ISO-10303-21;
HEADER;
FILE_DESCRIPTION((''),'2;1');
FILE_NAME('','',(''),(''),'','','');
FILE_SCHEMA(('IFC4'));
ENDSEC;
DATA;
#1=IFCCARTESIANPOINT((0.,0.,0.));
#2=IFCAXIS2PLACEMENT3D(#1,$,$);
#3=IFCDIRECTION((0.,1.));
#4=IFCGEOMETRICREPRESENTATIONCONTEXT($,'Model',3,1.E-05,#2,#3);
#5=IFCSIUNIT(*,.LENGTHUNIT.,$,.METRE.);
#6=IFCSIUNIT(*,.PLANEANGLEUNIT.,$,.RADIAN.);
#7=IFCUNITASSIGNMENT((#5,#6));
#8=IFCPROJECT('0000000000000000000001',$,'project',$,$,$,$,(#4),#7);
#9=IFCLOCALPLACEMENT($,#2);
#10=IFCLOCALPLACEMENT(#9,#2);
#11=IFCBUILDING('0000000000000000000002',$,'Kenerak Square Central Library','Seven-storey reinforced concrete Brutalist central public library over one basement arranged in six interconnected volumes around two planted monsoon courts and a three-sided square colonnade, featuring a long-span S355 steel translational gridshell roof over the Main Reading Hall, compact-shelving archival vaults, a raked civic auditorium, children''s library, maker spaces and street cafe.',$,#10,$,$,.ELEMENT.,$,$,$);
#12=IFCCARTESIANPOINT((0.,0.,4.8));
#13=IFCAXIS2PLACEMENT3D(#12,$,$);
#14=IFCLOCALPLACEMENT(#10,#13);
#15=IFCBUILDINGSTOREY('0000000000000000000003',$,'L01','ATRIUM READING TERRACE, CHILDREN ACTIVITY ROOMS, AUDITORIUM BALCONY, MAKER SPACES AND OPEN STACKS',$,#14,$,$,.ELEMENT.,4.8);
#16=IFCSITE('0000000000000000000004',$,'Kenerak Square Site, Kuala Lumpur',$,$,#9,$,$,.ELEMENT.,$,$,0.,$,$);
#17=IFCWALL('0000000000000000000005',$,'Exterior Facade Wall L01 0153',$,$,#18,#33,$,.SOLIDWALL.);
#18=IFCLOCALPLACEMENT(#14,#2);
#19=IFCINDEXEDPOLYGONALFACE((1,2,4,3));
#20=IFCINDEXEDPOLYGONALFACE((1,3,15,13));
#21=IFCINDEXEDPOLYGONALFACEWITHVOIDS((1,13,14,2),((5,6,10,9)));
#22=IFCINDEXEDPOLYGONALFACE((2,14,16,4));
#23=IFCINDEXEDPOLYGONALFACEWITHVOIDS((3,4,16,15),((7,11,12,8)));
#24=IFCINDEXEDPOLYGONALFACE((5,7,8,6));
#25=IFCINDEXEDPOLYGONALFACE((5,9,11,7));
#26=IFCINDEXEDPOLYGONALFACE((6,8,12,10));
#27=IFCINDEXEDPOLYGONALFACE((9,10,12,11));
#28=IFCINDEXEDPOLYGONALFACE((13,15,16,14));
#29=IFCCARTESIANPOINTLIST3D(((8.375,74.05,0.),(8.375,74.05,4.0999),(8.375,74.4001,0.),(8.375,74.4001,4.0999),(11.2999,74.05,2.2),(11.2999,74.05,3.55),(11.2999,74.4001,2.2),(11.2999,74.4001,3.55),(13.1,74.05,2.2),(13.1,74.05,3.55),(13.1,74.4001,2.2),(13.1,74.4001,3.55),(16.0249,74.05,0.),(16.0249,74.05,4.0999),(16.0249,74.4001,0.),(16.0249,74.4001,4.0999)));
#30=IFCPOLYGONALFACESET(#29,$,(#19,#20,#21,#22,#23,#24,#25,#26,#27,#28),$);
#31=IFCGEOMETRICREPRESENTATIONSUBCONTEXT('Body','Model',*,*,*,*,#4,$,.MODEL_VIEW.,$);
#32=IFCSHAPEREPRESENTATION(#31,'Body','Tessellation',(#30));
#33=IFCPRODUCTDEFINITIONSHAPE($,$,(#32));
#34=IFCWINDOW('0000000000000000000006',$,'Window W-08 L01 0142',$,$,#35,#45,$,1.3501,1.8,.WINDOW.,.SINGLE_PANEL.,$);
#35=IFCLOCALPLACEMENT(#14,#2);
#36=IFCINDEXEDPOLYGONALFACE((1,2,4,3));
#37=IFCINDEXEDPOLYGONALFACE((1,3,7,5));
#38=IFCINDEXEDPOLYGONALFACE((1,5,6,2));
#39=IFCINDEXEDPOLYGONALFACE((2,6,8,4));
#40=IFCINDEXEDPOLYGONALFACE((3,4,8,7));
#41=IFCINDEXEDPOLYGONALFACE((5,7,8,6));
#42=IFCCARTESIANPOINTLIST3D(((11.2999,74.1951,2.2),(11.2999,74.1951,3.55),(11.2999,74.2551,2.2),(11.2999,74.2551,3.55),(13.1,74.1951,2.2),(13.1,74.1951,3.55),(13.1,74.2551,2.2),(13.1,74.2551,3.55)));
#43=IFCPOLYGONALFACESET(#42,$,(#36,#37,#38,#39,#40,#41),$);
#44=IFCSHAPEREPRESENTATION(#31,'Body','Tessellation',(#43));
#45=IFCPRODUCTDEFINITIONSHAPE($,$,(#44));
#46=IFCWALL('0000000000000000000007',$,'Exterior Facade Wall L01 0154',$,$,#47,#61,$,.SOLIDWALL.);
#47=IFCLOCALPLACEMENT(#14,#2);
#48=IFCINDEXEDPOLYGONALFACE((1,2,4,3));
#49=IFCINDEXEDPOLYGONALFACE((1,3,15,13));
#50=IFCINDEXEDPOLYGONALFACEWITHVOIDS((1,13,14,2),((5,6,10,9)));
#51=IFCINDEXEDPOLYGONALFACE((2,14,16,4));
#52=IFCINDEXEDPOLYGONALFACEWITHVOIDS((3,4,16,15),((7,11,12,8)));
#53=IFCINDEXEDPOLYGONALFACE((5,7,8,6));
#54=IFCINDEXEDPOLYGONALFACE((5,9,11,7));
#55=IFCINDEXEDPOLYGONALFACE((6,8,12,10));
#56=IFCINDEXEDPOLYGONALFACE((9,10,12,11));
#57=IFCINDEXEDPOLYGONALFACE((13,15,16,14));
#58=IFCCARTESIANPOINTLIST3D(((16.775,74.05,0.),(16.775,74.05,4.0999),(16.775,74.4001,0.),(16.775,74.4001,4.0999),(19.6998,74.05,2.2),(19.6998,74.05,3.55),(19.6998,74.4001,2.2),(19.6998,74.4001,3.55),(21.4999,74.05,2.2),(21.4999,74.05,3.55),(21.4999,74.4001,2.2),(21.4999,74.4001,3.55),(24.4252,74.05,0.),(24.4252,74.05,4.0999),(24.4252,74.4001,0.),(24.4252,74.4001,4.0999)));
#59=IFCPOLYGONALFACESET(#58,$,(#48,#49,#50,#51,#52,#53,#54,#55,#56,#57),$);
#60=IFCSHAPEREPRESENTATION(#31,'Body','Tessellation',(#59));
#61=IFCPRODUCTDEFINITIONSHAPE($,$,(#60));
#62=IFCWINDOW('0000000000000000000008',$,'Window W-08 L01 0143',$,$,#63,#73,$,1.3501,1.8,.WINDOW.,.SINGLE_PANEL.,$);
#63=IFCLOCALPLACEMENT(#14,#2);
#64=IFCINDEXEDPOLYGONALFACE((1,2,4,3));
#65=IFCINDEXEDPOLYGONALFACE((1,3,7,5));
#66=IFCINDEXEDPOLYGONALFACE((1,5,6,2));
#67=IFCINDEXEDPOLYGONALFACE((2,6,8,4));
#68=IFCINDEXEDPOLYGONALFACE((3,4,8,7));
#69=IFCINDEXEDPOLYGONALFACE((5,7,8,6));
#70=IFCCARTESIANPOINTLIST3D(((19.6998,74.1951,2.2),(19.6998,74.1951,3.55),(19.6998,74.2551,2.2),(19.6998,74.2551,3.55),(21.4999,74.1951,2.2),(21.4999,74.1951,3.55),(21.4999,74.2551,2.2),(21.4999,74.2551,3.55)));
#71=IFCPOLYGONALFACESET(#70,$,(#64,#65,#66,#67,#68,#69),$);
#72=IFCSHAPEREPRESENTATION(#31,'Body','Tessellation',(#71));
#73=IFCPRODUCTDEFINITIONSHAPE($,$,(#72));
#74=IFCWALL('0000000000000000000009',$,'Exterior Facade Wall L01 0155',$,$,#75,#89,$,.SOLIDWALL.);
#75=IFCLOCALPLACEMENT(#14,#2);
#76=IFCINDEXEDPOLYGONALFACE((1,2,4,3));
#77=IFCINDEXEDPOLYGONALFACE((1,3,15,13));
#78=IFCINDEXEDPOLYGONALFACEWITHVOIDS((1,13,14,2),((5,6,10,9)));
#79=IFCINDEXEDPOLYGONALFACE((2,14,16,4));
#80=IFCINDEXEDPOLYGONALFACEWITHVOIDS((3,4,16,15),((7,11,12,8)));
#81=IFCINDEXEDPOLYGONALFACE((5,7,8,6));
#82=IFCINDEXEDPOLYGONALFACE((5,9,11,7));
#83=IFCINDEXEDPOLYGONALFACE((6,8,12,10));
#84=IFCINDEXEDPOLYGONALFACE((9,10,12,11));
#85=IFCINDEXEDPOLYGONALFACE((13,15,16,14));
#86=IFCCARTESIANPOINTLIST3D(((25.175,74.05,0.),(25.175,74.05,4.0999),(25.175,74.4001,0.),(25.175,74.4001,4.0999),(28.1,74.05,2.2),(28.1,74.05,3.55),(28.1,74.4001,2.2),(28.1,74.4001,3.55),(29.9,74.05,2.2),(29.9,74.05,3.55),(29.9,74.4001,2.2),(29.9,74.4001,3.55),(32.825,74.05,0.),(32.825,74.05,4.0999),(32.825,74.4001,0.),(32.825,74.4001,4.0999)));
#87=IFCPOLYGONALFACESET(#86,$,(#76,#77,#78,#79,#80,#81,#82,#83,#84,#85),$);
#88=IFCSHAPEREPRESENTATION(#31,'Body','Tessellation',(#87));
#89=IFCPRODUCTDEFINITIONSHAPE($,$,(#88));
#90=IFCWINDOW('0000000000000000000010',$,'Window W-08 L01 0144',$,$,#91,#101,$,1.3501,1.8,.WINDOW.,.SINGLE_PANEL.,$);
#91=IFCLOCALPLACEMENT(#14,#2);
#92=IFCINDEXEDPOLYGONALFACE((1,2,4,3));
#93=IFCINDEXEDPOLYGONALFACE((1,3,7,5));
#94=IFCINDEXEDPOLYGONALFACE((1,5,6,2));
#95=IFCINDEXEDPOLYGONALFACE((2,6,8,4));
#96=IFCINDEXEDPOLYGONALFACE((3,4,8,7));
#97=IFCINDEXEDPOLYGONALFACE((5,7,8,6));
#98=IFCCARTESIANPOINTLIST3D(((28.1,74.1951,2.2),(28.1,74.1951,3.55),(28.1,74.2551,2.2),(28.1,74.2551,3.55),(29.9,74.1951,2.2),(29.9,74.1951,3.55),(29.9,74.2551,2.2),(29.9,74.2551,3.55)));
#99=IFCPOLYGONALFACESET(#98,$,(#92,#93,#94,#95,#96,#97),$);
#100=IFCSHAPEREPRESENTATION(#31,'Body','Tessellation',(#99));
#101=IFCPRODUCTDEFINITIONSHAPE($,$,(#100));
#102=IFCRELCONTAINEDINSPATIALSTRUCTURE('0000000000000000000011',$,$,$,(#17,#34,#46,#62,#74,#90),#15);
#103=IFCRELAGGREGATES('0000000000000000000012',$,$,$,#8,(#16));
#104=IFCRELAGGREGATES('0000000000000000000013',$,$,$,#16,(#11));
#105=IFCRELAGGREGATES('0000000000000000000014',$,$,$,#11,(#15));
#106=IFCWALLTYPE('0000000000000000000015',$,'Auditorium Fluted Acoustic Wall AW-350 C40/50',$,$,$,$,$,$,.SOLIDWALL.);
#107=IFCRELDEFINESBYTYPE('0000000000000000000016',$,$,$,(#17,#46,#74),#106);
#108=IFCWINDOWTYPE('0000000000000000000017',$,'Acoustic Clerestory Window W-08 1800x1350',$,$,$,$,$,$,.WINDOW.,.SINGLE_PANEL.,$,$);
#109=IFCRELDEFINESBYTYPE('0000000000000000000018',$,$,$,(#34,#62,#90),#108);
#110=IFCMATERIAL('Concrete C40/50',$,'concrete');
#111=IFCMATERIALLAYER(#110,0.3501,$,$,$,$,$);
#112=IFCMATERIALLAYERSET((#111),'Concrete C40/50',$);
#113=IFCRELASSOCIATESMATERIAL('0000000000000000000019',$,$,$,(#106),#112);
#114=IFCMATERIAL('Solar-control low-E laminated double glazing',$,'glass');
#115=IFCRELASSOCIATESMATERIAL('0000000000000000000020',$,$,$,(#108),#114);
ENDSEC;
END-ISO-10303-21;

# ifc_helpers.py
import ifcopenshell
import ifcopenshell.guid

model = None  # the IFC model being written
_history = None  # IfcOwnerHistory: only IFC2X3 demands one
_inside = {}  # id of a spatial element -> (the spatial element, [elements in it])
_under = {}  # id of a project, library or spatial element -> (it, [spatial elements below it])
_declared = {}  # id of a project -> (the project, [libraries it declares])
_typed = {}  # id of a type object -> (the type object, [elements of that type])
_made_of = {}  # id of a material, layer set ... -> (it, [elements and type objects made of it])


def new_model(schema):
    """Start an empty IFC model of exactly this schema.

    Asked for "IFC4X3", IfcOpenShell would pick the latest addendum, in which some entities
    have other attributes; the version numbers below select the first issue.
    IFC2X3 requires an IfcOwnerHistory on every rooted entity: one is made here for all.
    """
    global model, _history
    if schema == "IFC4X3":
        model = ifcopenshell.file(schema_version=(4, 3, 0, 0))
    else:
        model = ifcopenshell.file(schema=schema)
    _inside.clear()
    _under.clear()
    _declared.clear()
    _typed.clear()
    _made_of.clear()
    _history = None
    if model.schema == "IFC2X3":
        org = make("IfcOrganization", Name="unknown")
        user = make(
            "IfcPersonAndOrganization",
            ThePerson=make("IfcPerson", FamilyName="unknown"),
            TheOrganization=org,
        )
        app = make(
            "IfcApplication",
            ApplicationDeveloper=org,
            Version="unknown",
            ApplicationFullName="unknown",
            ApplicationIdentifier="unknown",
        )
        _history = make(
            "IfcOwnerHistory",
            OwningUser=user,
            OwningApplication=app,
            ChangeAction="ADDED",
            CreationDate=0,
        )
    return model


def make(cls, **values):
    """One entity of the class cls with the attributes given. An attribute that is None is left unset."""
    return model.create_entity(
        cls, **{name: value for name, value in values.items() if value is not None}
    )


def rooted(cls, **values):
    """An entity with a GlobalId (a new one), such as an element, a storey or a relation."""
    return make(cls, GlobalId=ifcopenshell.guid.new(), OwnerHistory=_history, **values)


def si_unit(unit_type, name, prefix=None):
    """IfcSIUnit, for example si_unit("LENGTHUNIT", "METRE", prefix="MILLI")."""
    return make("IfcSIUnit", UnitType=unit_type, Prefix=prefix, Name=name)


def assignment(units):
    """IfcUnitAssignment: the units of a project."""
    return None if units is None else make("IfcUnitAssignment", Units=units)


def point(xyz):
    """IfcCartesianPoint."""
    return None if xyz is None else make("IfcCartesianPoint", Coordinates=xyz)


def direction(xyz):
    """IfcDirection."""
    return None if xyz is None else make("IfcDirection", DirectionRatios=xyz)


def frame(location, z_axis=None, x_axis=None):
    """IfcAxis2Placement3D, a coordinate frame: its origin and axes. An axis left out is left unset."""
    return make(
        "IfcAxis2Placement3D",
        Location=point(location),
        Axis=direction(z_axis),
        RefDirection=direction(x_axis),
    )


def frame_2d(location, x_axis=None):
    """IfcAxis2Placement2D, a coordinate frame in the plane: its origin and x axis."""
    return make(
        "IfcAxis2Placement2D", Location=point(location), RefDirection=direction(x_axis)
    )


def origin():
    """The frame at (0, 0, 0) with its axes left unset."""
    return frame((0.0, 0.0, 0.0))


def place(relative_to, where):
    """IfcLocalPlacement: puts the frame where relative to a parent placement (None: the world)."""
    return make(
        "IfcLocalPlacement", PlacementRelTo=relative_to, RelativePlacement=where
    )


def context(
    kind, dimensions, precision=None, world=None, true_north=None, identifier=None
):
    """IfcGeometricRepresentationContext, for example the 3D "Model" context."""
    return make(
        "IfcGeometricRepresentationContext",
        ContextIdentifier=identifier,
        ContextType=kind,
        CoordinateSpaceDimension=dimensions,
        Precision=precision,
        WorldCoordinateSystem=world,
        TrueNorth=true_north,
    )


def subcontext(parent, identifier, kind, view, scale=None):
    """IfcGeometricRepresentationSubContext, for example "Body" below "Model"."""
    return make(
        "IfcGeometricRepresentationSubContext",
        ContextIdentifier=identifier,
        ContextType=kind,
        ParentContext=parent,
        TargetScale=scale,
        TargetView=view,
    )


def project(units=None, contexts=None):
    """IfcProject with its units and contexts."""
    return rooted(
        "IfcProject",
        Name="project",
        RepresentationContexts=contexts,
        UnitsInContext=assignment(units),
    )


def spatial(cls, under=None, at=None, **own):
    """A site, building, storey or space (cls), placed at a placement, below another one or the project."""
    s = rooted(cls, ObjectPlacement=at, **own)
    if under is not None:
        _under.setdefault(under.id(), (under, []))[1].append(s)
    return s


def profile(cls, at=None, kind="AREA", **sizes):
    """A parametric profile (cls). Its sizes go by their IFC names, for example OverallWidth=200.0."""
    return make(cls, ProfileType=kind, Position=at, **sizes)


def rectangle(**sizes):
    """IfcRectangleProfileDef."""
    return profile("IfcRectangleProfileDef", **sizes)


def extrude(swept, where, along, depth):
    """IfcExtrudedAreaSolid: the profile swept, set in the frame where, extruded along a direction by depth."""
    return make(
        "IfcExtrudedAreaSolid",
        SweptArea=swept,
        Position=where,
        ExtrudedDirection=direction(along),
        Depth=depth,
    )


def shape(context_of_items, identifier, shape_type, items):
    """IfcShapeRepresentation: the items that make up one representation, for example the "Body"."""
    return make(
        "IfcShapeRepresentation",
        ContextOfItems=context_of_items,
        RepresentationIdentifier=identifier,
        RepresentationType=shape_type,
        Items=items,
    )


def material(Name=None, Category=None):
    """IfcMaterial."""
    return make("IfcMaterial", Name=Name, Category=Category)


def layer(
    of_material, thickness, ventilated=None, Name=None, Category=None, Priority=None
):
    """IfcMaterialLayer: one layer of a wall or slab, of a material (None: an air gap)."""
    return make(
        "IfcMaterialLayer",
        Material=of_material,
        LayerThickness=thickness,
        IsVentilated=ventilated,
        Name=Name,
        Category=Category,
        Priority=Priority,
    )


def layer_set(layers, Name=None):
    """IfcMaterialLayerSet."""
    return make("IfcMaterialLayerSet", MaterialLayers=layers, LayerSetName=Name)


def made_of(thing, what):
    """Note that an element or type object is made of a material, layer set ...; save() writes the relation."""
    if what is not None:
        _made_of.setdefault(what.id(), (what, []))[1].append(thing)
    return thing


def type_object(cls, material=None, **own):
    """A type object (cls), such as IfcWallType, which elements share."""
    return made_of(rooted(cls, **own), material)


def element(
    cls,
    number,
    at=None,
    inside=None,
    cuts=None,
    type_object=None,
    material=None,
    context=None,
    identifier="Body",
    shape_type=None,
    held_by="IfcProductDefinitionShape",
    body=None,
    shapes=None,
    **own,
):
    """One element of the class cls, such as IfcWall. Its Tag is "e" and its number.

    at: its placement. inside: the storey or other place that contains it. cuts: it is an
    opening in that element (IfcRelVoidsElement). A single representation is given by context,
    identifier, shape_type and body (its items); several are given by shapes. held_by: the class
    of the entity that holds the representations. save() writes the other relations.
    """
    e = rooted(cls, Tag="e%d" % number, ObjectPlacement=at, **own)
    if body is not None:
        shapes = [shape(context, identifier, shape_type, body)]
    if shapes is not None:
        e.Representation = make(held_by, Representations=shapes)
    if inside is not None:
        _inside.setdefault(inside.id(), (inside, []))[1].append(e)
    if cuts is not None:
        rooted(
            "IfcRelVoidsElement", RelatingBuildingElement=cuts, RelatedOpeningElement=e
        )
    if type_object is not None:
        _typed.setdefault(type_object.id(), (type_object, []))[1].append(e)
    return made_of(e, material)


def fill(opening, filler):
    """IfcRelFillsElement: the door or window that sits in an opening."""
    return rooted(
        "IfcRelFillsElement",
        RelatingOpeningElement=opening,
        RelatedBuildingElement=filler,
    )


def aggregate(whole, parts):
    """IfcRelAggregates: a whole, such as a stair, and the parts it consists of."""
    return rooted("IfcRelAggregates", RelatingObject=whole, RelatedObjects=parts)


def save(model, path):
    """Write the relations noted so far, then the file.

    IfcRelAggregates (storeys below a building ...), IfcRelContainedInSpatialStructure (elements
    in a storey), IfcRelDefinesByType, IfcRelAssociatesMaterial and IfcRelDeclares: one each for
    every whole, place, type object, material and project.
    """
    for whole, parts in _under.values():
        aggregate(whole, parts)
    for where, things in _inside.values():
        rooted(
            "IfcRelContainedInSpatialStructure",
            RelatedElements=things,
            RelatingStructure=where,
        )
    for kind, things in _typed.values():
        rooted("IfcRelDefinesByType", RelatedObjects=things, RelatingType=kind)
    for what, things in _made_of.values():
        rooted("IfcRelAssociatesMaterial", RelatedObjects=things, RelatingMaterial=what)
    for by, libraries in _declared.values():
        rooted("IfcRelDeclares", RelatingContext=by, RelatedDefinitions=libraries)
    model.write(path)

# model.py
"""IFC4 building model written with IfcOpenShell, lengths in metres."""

from ifc_helpers import new_model, si_unit, direction, frame, frame_2d, origin, place, context, subcontext, project, spatial, rectangle, extrude, material, layer, layer_set, type_object, element, fill, save


model = new_model("IFC4")

# Units and contexts
model_context = context("Model", 3, precision=1e-05, world=origin(), true_north=direction((0.0, 1.0)))
body_context = subcontext(model_context, "Body", "Model", "MODEL_VIEW")
ifc_project = project(units=[si_unit("LENGTHUNIT", "METRE"), si_unit("PLANEANGLEUNIT", "RADIAN")], contexts=[model_context])

# Site, building, storey
site_placement = place(None, origin())
site = spatial("IfcSite", under=ifc_project, at=site_placement, Name="Kenerak Square Site, Kuala Lumpur", CompositionType="ELEMENT", RefElevation=0.0)
building_placement = place(site_placement, origin())
building = spatial("IfcBuilding", under=site, at=building_placement, Name="Kenerak Square Central Library", Description="Seven-storey reinforced concrete Brutalist central public library over one basement arranged in six interconnected volumes around two planted monsoon courts and a three-sided square colonnade, featuring a long-span S355 steel translational gridshell roof over the Main Reading Hall, compact-shelving archival vaults, a raked civic auditorium, children's library, maker spaces and street cafe.", CompositionType="ELEMENT")
storey_placement = place(building_placement, frame((0.0, 0.0, 4.8)))
storey = spatial("IfcBuildingStorey", under=building, at=storey_placement, Name="L01", Description="ATRIUM READING TERRACE, CHILDREN ACTIVITY ROOMS, AUDITORIUM BALCONY, MAKER SPACES AND OPEN STACKS", CompositionType="ELEMENT", Elevation=4.8)

# Shared definitions
ifc_material_1 = material(Name="Concrete C40/50", Category="concrete")

# Walls, openings, windows
ifc_layer_1 = layer(ifc_material_1, 0.3501)
ifc_layer_set_1 = layer_set([ifc_layer_1], Name="Concrete C40/50")
wall_type = type_object("IfcWallType", Name="Auditorium Fluted Acoustic Wall AW-350 C40/50", PredefinedType="SOLIDWALL", material=ifc_layer_set_1)
ifc_material_2 = material(Name="Solar-control low-E laminated double glazing", Category="glass")
window_type = type_object("IfcWindowType", Name="Acoustic Clerestory Window W-08 1800x1350", PartitioningType="SINGLE_PANEL", PredefinedType="WINDOW", material=ifc_material_2)
wall_1_placement = place(storey_placement, frame((8.375, 74.2251, 0.0), z_axis=(0.0, 0.0, 1.0), x_axis=(1.0, 0.0, 0.0)))
wall_1 = element("IfcWall", 1, at=wall_1_placement, inside=storey, type_object=wall_type, Name="Exterior Facade Wall L01 0153", PredefinedType="SOLIDWALL", context=body_context, shape_type="SweptSolid", body=[
    extrude(rectangle(XDim=7.6499, YDim=0.3501, at=frame_2d((3.825, 0.0))), origin(), (0.0, 0.0, 1.0), 4.0999),
])
opening_1_placement = place(wall_1_placement, frame((2.925, 0.0, 2.2)))
opening_1 = element("IfcOpeningElement", 2, at=opening_1_placement, cuts=wall_1, PredefinedType="OPENING", context=body_context, shape_type="SweptSolid", body=[
    extrude(rectangle(XDim=1.8, YDim=1.3501, at=frame_2d((0.8999, 0.675))), frame((0.0, 0.1851, 0.0), z_axis=(0.0, -1.0, 0.0), x_axis=(1.0, 0.0, 0.0)), (0.0, 0.0, 1.0), 0.3701),
])
window_1_placement = place(opening_1_placement, origin())
window_1 = element("IfcWindow", 3, at=window_1_placement, inside=storey, type_object=window_type, Name="Window W-08 L01 0142", OverallHeight=1.3501, OverallWidth=1.8, PartitioningType="SINGLE_PANEL", PredefinedType="WINDOW", context=body_context, shape_type="SweptSolid", body=[
    extrude(rectangle(XDim=1.8, YDim=1.3501, at=frame_2d((0.8999, 0.675))), frame((0.0, 0.03, 0.0), z_axis=(0.0, -1.0, 0.0), x_axis=(1.0, 0.0, 0.0)), (0.0, 0.0, 1.0), 0.0601),
])
fill(opening_1, window_1)
wall_2_placement = place(storey_placement, frame((16.7749, 74.2251, 0.0), z_axis=(0.0, 0.0, 1.0), x_axis=(1.0, 0.0, 0.0)))
wall_2 = element("IfcWall", 4, at=wall_2_placement, inside=storey, type_object=wall_type, Name="Exterior Facade Wall L01 0154", PredefinedType="SOLIDWALL", context=body_context, shape_type="SweptSolid", body=[
    extrude(rectangle(XDim=7.6501, YDim=0.3501, at=frame_2d((3.8252, 0.0))), origin(), (0.0, 0.0, 1.0), 4.0999),
])
opening_2_placement = place(wall_2_placement, frame((2.925, 0.0, 2.2)))
opening_2 = element("IfcOpeningElement", 5, at=opening_2_placement, cuts=wall_2, PredefinedType="OPENING", context=body_context, shape_type="SweptSolid", body=[
    extrude(rectangle(XDim=1.8, YDim=1.3501, at=frame_2d((0.8999, 0.675))), frame((0.0, 0.1851, 0.0), z_axis=(0.0, -1.0, 0.0), x_axis=(1.0, 0.0, 0.0)), (0.0, 0.0, 1.0), 0.3701),
])
window_2_placement = place(opening_2_placement, origin())
window_2 = element("IfcWindow", 6, at=window_2_placement, inside=storey, type_object=window_type, Name="Window W-08 L01 0143", OverallHeight=1.3501, OverallWidth=1.8, PartitioningType="SINGLE_PANEL", PredefinedType="WINDOW", context=body_context, shape_type="SweptSolid", body=[
    extrude(rectangle(XDim=1.8, YDim=1.3501, at=frame_2d((0.8999, 0.675))), frame((0.0, 0.03, 0.0), z_axis=(0.0, -1.0, 0.0), x_axis=(1.0, 0.0, 0.0)), (0.0, 0.0, 1.0), 0.0601),
])
fill(opening_2, window_2)
wall_3_placement = place(storey_placement, frame((25.175, 74.2251, 0.0), z_axis=(0.0, 0.0, 1.0), x_axis=(1.0, 0.0, 0.0)))
wall_3 = element("IfcWall", 7, at=wall_3_placement, inside=storey, type_object=wall_type, Name="Exterior Facade Wall L01 0155", PredefinedType="SOLIDWALL", context=body_context, shape_type="SweptSolid", body=[
    extrude(rectangle(XDim=7.6499, YDim=0.3501, at=frame_2d((3.825, 0.0))), origin(), (0.0, 0.0, 1.0), 4.0999),
])
opening_3_placement = place(wall_3_placement, frame((2.925, 0.0, 2.2)))
opening_3 = element("IfcOpeningElement", 8, at=opening_3_placement, cuts=wall_3, PredefinedType="OPENING", context=body_context, shape_type="SweptSolid", body=[
    extrude(rectangle(XDim=1.8, YDim=1.3501, at=frame_2d((0.8999, 0.675))), frame((0.0, 0.1851, 0.0), z_axis=(0.0, -1.0, 0.0), x_axis=(1.0, 0.0, 0.0)), (0.0, 0.0, 1.0), 0.3701),
])
window_3_placement = place(opening_3_placement, origin())
window_3 = element("IfcWindow", 9, at=window_3_placement, inside=storey, type_object=window_type, Name="Window W-08 L01 0144", OverallHeight=1.3501, OverallWidth=1.8, PartitioningType="SINGLE_PANEL", PredefinedType="WINDOW", context=body_context, shape_type="SweptSolid", body=[
    extrude(rectangle(XDim=1.8, YDim=1.3501, at=frame_2d((0.8999, 0.675))), frame((0.0, 0.03, 0.0), z_axis=(0.0, -1.0, 0.0), x_axis=(1.0, 0.0, 0.0)), (0.0, 0.0, 1.0), 0.0601),
])
fill(opening_3, window_3)

save(model, "model.ifc")
